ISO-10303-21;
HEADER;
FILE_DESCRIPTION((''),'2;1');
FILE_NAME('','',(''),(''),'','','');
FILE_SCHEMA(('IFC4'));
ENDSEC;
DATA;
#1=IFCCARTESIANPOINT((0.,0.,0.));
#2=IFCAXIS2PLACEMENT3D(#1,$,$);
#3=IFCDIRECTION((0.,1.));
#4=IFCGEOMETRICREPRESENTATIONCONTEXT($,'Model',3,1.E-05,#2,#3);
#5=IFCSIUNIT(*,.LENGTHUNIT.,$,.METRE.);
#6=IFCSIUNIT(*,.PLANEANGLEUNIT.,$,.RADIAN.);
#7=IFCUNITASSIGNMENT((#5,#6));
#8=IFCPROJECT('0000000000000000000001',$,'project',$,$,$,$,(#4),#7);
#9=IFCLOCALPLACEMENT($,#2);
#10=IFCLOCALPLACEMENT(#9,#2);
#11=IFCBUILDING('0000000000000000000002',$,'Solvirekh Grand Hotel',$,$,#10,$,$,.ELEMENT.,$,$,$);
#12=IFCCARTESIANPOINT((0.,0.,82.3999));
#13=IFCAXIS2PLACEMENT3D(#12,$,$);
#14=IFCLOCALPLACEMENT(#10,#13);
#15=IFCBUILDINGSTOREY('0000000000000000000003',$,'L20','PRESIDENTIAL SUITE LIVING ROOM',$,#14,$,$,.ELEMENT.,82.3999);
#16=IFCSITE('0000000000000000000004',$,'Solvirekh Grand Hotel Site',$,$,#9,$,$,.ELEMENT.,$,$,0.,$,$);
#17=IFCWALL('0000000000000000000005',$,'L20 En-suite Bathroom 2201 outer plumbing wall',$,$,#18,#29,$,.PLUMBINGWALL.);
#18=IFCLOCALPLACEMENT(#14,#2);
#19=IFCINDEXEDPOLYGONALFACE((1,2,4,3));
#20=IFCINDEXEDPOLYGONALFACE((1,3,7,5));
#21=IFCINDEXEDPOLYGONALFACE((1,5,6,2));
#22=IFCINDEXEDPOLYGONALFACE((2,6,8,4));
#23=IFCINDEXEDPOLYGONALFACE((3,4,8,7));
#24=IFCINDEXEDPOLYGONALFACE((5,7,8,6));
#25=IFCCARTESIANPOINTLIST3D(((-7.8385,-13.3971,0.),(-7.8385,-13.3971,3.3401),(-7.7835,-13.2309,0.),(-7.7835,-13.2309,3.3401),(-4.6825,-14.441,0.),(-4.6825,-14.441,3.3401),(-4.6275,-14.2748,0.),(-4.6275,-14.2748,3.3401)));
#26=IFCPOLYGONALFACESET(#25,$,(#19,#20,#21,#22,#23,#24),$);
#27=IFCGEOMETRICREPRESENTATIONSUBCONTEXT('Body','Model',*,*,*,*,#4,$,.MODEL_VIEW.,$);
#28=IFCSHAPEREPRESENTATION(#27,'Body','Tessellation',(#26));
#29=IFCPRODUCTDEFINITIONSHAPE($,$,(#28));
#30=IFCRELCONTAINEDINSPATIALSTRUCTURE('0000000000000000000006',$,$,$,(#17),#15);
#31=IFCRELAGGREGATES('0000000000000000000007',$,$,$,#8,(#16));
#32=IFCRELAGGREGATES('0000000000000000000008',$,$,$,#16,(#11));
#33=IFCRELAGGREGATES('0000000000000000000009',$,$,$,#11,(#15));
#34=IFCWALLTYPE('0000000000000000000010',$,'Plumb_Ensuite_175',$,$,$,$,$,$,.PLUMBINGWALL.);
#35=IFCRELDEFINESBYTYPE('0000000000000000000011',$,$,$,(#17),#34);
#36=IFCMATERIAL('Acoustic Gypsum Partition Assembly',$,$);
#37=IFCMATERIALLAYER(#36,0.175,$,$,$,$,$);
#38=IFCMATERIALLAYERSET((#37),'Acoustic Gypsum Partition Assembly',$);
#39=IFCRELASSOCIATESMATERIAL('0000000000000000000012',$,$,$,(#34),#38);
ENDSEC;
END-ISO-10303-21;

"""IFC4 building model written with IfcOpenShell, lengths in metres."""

from ifc_helpers import new_model, si_unit, direction, frame, frame_2d, origin, place, context, subcontext, project, spatial, rectangle, extrude, material, layer, layer_set, type_object, element, save


model = new_model("IFC4")

# Units and contexts
model_context = context("Model", 3, precision=1e-05, world=origin(), true_north=direction((0.0, 1.0)))
body_context = subcontext(model_context, "Body", "Model", "MODEL_VIEW")
ifc_project = project(units=[si_unit("LENGTHUNIT", "METRE"), si_unit("PLANEANGLEUNIT", "RADIAN")], contexts=[model_context])

# Site, building, storey
site_placement = place(None, origin())
site = spatial("IfcSite", under=ifc_project, at=site_placement, Name="Solvirekh Grand Hotel Site", CompositionType="ELEMENT", RefElevation=0.0)
building_placement = place(site_placement, origin())
building = spatial("IfcBuilding", under=site, at=building_placement, Name="Solvirekh Grand Hotel", CompositionType="ELEMENT")
storey_placement = place(building_placement, frame((0.0, 0.0, 82.3999)))
storey = spatial("IfcBuildingStorey", under=building, at=storey_placement, Name="L20", Description="PRESIDENTIAL SUITE LIVING ROOM", CompositionType="ELEMENT", Elevation=82.3999)

# Shared definitions
ifc_material_1 = material(Name="Acoustic Gypsum Partition Assembly")

# Wall
ifc_layer_1 = layer(ifc_material_1, 0.175)
ifc_layer_set_1 = layer_set([ifc_layer_1], Name="Acoustic Gypsum Partition Assembly")
wall_type_1 = type_object("IfcWallType", Name="Plumb_Ensuite_175", PredefinedType="PLUMBINGWALL", material=ifc_layer_set_1)
wall_1_placement = place(storey_placement, frame((-7.811, -13.314, 0.0), z_axis=(0.0, 0.0, 1.0), x_axis=(0.949408, -0.314046, 0.0)))
element("IfcWall", 1, at=wall_1_placement, inside=storey, type_object=wall_type_1, Name="L20 En-suite Bathroom 2201 outer plumbing wall", PredefinedType="PLUMBINGWALL", context=body_context, shape_type="SweptSolid", body=[
    extrude(rectangle(XDim=3.3242, YDim=0.175, at=frame_2d((1.6621, 0.0))), origin(), (0.0, 0.0, 1.0), 3.3401),
])

save(model, "model.ifc")
